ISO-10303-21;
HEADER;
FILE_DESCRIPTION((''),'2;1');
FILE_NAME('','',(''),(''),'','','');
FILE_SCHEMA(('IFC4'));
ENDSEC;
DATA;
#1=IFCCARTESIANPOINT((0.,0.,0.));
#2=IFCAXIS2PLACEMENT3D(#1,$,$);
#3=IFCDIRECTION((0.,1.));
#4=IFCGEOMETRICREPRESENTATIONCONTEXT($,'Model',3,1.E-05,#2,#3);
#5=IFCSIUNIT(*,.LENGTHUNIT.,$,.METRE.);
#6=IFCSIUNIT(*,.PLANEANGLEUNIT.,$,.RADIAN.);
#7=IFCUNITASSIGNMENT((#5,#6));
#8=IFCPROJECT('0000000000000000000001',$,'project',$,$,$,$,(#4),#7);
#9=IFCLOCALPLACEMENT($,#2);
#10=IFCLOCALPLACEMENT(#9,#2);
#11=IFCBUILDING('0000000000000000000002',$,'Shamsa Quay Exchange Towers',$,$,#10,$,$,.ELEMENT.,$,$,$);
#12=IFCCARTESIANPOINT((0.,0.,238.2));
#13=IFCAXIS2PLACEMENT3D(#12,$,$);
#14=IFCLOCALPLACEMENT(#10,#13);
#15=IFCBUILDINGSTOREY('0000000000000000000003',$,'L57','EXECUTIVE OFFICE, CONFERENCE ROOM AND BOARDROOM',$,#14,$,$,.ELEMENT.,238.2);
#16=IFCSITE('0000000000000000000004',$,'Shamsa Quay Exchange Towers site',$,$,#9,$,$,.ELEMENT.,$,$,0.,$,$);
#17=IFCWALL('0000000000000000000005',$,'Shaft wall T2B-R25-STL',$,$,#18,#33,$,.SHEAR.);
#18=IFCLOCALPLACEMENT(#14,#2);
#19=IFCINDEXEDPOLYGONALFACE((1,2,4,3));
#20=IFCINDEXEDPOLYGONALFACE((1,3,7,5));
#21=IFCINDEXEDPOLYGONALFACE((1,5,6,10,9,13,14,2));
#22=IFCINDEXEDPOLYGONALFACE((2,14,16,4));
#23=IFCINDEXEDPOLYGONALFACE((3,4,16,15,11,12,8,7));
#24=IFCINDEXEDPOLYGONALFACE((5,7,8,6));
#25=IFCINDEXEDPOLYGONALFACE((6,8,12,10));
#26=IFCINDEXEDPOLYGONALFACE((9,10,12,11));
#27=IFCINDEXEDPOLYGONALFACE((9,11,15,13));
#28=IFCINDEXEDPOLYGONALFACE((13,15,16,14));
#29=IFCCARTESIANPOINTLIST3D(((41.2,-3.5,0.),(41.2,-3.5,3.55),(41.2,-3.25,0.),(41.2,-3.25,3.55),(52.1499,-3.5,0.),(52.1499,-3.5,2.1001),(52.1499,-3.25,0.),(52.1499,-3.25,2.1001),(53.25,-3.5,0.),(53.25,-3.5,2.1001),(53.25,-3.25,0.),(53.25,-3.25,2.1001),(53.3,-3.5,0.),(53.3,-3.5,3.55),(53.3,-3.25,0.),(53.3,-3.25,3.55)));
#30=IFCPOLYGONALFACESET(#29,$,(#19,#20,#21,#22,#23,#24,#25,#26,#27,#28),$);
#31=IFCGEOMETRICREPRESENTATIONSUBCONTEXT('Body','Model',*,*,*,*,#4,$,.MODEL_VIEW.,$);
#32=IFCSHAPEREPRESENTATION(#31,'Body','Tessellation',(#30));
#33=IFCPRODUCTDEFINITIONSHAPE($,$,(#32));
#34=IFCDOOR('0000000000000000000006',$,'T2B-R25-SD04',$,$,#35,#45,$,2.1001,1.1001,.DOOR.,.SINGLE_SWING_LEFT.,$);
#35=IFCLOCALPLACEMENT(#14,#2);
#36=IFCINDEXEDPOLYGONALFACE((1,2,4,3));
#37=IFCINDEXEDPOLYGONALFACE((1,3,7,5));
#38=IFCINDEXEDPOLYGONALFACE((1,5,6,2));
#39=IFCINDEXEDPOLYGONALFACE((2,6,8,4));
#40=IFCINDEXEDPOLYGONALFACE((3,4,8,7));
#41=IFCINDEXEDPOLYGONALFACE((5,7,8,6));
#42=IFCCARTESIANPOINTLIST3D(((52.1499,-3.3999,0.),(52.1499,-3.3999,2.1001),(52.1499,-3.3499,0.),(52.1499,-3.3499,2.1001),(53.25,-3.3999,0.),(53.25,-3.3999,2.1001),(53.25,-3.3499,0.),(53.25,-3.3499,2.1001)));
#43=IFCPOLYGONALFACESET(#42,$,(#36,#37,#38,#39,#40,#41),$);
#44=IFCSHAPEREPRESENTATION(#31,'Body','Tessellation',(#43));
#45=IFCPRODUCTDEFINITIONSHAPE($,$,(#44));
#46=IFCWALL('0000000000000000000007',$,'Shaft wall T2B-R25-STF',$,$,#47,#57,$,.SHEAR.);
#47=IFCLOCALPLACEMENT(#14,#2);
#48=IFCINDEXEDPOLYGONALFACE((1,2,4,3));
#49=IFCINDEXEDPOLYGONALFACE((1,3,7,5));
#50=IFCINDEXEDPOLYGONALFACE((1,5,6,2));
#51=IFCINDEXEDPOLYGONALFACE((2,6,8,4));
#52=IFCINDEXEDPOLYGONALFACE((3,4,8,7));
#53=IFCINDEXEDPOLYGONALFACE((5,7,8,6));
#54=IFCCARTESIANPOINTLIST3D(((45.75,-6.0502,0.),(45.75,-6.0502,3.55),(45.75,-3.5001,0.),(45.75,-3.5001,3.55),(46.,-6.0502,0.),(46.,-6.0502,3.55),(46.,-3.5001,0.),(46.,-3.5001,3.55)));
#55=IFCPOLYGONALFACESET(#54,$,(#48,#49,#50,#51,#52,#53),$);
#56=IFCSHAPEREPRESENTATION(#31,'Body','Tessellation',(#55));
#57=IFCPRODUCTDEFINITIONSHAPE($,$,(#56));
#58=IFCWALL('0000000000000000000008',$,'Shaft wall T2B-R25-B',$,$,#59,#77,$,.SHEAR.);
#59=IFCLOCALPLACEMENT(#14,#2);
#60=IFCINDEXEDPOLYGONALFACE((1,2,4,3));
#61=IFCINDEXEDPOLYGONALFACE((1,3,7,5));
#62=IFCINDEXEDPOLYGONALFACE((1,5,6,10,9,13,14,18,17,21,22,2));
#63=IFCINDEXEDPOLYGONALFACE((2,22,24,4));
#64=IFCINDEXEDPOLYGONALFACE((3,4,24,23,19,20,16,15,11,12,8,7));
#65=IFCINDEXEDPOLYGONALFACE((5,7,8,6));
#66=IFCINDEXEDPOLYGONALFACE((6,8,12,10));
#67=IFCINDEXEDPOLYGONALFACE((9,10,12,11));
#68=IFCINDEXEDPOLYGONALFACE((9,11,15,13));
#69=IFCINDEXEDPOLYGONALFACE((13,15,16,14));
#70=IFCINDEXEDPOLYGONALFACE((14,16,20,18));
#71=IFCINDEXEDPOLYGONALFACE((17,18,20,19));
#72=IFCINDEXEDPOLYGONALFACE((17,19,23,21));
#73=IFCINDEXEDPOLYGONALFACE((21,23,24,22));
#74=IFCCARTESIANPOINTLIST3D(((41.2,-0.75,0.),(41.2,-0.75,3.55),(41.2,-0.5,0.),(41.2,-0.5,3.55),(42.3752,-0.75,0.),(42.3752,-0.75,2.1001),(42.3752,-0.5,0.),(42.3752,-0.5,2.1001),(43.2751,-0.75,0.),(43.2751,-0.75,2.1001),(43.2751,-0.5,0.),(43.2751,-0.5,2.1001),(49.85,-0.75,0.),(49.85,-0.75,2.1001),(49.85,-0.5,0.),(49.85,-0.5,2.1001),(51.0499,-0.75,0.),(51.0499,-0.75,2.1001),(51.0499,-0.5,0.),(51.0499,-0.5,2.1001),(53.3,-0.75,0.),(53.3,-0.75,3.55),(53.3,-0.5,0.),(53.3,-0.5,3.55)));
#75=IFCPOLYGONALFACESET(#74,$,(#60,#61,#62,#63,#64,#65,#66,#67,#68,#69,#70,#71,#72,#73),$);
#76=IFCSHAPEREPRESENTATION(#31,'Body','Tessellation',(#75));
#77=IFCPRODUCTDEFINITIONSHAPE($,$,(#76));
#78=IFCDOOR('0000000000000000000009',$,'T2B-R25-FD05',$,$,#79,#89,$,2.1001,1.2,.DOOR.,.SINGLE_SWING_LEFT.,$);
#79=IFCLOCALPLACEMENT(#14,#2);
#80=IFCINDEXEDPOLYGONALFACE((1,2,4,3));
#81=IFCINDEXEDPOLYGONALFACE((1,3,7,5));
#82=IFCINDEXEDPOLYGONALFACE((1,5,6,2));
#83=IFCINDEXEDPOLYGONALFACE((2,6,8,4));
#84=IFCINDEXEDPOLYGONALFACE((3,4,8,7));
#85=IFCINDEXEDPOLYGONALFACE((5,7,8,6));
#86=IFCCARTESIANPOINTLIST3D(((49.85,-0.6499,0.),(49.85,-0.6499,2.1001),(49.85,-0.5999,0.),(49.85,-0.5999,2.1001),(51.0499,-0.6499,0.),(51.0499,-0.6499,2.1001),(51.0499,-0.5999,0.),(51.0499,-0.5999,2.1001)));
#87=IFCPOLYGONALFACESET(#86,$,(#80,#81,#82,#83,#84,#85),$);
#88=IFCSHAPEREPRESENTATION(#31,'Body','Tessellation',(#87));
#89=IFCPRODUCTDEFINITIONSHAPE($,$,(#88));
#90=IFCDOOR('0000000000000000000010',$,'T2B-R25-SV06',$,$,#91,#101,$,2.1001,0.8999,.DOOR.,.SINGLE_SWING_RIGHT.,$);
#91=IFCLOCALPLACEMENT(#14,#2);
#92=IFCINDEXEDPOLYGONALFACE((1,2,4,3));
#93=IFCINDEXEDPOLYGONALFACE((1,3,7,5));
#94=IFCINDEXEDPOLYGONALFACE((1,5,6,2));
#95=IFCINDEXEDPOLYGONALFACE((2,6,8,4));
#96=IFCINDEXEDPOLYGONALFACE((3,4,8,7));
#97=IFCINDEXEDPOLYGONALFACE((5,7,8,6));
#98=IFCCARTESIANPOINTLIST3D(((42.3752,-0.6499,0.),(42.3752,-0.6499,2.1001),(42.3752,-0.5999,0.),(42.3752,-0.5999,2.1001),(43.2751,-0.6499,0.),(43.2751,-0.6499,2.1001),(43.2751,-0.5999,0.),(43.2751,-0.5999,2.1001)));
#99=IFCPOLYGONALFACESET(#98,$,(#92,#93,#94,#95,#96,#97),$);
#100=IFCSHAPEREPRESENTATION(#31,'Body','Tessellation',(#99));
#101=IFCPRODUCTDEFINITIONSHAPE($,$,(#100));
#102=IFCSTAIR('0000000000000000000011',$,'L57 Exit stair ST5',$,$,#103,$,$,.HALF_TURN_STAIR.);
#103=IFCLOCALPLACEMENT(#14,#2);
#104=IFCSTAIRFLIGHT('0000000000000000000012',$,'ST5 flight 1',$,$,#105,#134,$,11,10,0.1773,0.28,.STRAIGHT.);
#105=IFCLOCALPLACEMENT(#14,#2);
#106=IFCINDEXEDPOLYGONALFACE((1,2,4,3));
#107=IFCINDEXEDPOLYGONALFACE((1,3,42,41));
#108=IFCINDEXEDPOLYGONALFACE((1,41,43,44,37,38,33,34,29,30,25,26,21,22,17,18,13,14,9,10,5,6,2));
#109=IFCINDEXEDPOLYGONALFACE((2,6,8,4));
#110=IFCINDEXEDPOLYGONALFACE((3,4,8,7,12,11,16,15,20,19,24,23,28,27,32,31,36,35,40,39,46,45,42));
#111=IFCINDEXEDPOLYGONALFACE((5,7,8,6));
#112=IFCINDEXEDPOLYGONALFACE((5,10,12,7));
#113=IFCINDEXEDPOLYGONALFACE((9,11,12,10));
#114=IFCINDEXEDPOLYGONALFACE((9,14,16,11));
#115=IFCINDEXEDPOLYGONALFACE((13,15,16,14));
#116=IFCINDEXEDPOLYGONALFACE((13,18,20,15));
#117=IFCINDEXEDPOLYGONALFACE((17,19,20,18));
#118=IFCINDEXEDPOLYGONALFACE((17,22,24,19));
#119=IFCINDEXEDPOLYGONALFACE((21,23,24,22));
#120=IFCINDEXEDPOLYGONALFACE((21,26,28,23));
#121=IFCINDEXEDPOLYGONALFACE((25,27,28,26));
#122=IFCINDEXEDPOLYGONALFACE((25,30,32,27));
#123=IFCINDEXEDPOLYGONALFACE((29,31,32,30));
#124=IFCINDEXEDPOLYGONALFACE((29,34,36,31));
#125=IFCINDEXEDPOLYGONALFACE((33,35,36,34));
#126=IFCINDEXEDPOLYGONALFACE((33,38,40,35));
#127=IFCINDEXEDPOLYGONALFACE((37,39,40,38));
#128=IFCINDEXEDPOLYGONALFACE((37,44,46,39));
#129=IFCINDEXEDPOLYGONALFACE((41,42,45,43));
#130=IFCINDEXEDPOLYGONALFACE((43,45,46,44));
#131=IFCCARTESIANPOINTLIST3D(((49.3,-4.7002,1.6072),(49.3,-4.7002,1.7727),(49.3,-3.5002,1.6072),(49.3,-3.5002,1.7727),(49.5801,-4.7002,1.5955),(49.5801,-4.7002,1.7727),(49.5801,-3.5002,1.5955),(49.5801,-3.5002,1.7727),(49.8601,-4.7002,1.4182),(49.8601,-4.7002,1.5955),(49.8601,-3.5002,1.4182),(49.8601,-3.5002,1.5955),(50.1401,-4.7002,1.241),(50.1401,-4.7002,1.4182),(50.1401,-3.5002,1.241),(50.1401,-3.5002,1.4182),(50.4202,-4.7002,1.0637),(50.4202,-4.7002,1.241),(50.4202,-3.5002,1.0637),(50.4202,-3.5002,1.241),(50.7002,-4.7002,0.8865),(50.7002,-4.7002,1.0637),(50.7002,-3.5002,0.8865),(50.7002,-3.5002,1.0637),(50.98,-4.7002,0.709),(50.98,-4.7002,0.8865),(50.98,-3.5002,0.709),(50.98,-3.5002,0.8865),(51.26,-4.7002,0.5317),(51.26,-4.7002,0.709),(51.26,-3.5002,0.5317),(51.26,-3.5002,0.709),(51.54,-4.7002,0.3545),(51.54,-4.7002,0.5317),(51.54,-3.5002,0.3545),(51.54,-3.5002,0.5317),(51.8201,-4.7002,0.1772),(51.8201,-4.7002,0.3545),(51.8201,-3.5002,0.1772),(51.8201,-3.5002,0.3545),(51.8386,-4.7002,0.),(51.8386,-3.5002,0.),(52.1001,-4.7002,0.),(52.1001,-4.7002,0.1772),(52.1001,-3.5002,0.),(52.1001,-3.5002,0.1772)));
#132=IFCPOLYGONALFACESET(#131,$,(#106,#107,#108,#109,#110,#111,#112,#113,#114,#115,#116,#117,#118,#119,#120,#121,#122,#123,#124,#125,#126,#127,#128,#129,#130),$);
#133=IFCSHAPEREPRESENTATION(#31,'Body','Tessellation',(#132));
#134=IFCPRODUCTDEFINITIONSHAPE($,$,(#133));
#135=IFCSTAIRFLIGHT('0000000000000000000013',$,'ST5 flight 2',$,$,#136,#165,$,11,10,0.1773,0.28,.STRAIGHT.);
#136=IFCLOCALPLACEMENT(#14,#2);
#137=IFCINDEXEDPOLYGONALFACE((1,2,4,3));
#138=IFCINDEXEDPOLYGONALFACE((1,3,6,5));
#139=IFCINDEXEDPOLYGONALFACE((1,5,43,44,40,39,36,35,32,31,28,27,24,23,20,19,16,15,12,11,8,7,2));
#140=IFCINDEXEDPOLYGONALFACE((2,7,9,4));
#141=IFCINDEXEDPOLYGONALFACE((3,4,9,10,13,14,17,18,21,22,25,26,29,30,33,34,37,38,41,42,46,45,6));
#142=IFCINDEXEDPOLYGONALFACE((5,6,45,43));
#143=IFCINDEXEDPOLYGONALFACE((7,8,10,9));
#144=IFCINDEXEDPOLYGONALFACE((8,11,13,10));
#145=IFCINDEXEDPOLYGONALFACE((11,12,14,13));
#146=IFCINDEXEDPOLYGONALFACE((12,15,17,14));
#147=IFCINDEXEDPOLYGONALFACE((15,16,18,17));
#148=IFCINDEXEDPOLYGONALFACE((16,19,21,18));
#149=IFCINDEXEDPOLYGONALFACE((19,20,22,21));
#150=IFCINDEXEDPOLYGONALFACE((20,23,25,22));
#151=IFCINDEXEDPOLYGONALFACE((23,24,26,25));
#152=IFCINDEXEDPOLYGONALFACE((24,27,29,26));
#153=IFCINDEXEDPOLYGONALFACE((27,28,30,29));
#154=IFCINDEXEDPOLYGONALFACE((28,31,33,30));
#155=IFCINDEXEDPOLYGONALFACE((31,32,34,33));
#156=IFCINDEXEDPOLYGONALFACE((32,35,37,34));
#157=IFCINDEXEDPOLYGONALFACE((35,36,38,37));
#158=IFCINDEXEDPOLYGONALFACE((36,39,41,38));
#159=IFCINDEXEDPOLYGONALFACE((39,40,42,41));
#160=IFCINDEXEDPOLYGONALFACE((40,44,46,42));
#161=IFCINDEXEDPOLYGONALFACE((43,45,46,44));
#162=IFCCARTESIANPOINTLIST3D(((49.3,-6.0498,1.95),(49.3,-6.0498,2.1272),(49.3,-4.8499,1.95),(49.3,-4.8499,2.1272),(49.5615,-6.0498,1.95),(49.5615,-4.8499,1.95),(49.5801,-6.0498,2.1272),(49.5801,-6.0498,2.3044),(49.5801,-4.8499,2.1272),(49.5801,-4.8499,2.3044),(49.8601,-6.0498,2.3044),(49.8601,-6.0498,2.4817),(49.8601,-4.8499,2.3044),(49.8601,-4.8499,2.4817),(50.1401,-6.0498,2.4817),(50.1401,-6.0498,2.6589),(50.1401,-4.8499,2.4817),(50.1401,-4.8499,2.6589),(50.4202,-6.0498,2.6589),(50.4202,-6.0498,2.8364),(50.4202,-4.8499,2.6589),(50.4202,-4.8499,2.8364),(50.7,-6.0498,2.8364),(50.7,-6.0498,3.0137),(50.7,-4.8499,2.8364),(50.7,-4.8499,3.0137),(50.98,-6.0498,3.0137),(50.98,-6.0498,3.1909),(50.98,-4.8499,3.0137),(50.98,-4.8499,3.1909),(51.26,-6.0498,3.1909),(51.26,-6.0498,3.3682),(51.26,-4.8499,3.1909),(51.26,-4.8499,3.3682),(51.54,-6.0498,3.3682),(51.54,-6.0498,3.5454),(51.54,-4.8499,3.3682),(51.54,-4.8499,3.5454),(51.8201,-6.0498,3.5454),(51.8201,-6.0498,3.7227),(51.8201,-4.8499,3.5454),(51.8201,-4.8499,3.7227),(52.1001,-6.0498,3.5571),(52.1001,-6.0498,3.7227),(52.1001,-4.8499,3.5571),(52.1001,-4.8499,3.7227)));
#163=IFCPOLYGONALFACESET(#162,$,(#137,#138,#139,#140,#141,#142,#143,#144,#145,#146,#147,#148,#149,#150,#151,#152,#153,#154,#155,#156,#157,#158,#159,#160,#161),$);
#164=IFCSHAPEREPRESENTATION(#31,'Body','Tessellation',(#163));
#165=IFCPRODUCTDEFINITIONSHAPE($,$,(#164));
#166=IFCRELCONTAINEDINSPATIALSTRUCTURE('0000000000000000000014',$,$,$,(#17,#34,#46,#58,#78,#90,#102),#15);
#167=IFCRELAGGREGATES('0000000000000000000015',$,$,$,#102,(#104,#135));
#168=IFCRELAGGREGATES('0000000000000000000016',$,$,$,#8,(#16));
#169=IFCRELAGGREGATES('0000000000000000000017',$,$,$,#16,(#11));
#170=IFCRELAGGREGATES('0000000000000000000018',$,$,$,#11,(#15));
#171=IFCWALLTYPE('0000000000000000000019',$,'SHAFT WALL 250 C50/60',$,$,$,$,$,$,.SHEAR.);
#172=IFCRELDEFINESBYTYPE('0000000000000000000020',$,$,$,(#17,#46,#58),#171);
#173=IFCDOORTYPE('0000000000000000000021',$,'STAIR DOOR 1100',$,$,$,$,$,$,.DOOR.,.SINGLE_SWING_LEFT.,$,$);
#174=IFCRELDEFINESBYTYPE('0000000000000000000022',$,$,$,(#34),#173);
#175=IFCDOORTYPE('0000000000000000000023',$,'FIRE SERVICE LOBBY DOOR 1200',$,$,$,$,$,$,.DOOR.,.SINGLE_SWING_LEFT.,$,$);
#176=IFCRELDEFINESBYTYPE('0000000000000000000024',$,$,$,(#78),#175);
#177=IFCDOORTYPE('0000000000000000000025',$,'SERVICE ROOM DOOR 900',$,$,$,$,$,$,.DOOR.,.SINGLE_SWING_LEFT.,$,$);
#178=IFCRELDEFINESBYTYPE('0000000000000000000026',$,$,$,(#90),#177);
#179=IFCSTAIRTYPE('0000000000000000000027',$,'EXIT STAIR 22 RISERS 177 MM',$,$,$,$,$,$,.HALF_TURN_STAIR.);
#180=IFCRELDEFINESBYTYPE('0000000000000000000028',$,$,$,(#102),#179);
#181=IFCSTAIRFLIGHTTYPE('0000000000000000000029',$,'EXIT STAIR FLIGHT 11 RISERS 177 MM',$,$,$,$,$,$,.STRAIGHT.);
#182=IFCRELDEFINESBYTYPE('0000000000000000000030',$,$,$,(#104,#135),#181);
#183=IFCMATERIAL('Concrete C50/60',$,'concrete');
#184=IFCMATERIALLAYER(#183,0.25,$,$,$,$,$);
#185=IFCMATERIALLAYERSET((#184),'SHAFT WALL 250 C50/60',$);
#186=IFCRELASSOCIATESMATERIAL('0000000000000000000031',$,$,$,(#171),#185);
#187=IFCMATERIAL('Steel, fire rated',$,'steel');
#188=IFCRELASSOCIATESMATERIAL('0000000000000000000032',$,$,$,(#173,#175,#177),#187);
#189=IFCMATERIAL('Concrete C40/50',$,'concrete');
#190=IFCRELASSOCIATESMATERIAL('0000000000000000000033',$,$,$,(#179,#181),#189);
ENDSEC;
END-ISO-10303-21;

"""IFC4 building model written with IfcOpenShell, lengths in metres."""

from ifc_helpers import new_model, si_unit, direction, frame, frame_2d, origin, place, context, subcontext, project, spatial, polyline, rectangle, outline, extrude, material, layer, layer_set, type_object, element, fill, aggregate, save


model = new_model("IFC4")

# Units and contexts
model_context = context("Model", 3, precision=1e-05, world=origin(), true_north=direction((0.0, 1.0)))
body_context = subcontext(model_context, "Body", "Model", "MODEL_VIEW")
ifc_project = project(units=[si_unit("LENGTHUNIT", "METRE"), si_unit("PLANEANGLEUNIT", "RADIAN")], contexts=[model_context])

# Site, building, storey
site_placement = place(None, origin())
site = spatial("IfcSite", under=ifc_project, at=site_placement, Name="Shamsa Quay Exchange Towers site", CompositionType="ELEMENT", RefElevation=0.0)
building_placement = place(site_placement, origin())
building = spatial("IfcBuilding", under=site, at=building_placement, Name="Shamsa Quay Exchange Towers", CompositionType="ELEMENT")
storey_placement = place(building_placement, frame((0.0, 0.0, 238.2)))
storey = spatial("IfcBuildingStorey", under=building, at=storey_placement, Name="L57", Description="EXECUTIVE OFFICE, CONFERENCE ROOM AND BOARDROOM", CompositionType="ELEMENT", Elevation=238.2)

# Wall, opening, door
ifc_material_1 = material(Name="Steel, fire rated", Category="steel")
ifc_material_2 = material(Name="Concrete C50/60", Category="concrete")
ifc_layer_1 = layer(ifc_material_2, 0.25)
ifc_layer_set_1 = layer_set([ifc_layer_1], Name="SHAFT WALL 250 C50/60")
wall_type_1 = type_object("IfcWallType", Name="SHAFT WALL 250 C50/60", PredefinedType="SHEAR", material=ifc_layer_set_1)
wall_1_placement = place(storey_placement, frame((53.3, -3.375, 0.0), z_axis=(0.0, 0.0, 1.0), x_axis=(-1.0, 0.0, 0.0)))
wall_1 = element("IfcWall", 1, at=wall_1_placement, inside=storey, type_object=wall_type_1, Name="Shaft wall T2B-R25-STL", PredefinedType="SHEAR", context=body_context, shape_type="SweptSolid", body=[
    extrude(rectangle(XDim=12.1001, YDim=0.25, at=frame_2d((6.05, 0.0))), origin(), (0.0, 0.0, 1.0), 3.55),
])
opening_1_placement = place(wall_1_placement, frame((0.05, 0.0, 0.0)))
opening_1 = element("IfcOpeningElement", 2, at=opening_1_placement, cuts=wall_1, PredefinedType="OPENING", context=body_context, shape_type="SweptSolid", body=[
    extrude(rectangle(XDim=1.1001, YDim=2.1001, at=frame_2d((0.55, 1.05))), frame((0.0, 0.135, 0.0), z_axis=(0.0, -1.0, 0.0), x_axis=(1.0, 0.0, 0.0)), (0.0, 0.0, 1.0), 0.27),
])
door_type_1 = type_object("IfcDoorType", Name="STAIR DOOR 1100", OperationType="SINGLE_SWING_LEFT", PredefinedType="DOOR", material=ifc_material_1)
door_1_placement = place(opening_1_placement, origin())
door_1 = element("IfcDoor", 3, at=door_1_placement, inside=storey, type_object=door_type_1, Name="T2B-R25-SD04", OperationType="SINGLE_SWING_LEFT", OverallHeight=2.1001, OverallWidth=1.1001, PredefinedType="DOOR", context=body_context, shape_type="SweptSolid", body=[
    extrude(rectangle(XDim=1.1001, YDim=2.1001, at=frame_2d((0.55, 1.05))), frame((0.0, 0.0249, 0.0), z_axis=(0.0, -1.0, 0.0), x_axis=(1.0, 0.0, 0.0)), (0.0, 0.0, 1.0), 0.05),
])
fill(opening_1, door_1)

# Wall
wall_2_placement = place(storey_placement, frame((45.875, -6.05, 0.0), z_axis=(0.0, 0.0, 1.0), x_axis=(0.0, 1.0, 0.0)))
element("IfcWall", 4, at=wall_2_placement, inside=storey, type_object=wall_type_1, Name="Shaft wall T2B-R25-STF", PredefinedType="SHEAR", context=body_context, shape_type="SweptSolid", body=[
    extrude(rectangle(XDim=2.55, YDim=0.25, at=frame_2d((1.2749, 0.0))), origin(), (0.0, 0.0, 1.0), 3.55),
])

# Wall, openings, doors
wall_3_placement = place(storey_placement, frame((53.3, -0.625, 0.0), z_axis=(0.0, 0.0, 1.0), x_axis=(-1.0, 0.0, 0.0)))
wall_3 = element("IfcWall", 5, at=wall_3_placement, inside=storey, type_object=wall_type_1, Name="Shaft wall T2B-R25-B", PredefinedType="SHEAR", context=body_context, shape_type="SweptSolid", body=[
    extrude(rectangle(XDim=12.1001, YDim=0.25, at=frame_2d((6.05, 0.0))), origin(), (0.0, 0.0, 1.0), 3.55),
])
opening_2_placement = place(wall_3_placement, frame((2.25, 0.0, 0.0)))
opening_2 = element("IfcOpeningElement", 6, at=opening_2_placement, cuts=wall_3, PredefinedType="OPENING", context=body_context, shape_type="SweptSolid", body=[
    extrude(rectangle(XDim=1.2, YDim=2.1001, at=frame_2d((0.6001, 1.05))), frame((0.0, 0.135, 0.0), z_axis=(0.0, -1.0, 0.0), x_axis=(1.0, 0.0, 0.0)), (0.0, 0.0, 1.0), 0.27),
])
opening_3_placement = place(wall_3_placement, frame((10.0249, 0.0, 0.0)))
opening_3 = element("IfcOpeningElement", 7, at=opening_3_placement, cuts=wall_3, PredefinedType="OPENING", context=body_context, shape_type="SweptSolid", body=[
    extrude(rectangle(XDim=0.8999, YDim=2.1001, at=frame_2d((0.45, 1.05))), frame((0.0, 0.135, 0.0), z_axis=(0.0, -1.0, 0.0), x_axis=(1.0, 0.0, 0.0)), (0.0, 0.0, 1.0), 0.27),
])
door_type_2 = type_object("IfcDoorType", Name="FIRE SERVICE LOBBY DOOR 1200", OperationType="SINGLE_SWING_LEFT", PredefinedType="DOOR", material=ifc_material_1)
door_2_placement = place(opening_2_placement, origin())
door_2 = element("IfcDoor", 8, at=door_2_placement, inside=storey, type_object=door_type_2, Name="T2B-R25-FD05", OperationType="SINGLE_SWING_LEFT", OverallHeight=2.1001, OverallWidth=1.2, PredefinedType="DOOR", context=body_context, shape_type="SweptSolid", body=[
    extrude(rectangle(XDim=1.2, YDim=2.1001, at=frame_2d((0.6001, 1.05))), frame((0.0, 0.0249, 0.0), z_axis=(0.0, -1.0, 0.0), x_axis=(1.0, 0.0, 0.0)), (0.0, 0.0, 1.0), 0.05),
])
fill(opening_2, door_2)
door_type_3 = type_object("IfcDoorType", Name="SERVICE ROOM DOOR 900", OperationType="SINGLE_SWING_LEFT", PredefinedType="DOOR", material=ifc_material_1)
door_3_placement = place(opening_3_placement, origin())
door_3 = element("IfcDoor", 9, at=door_3_placement, inside=storey, type_object=door_type_3, Name="T2B-R25-SV06", OperationType="SINGLE_SWING_RIGHT", OverallHeight=2.1001, OverallWidth=0.8999, PredefinedType="DOOR", context=body_context, shape_type="SweptSolid", body=[
    extrude(rectangle(XDim=0.8999, YDim=2.1001, at=frame_2d((0.45, 1.05))), frame((0.0, 0.0249, 0.0), z_axis=(0.0, -1.0, 0.0), x_axis=(1.0, 0.0, 0.0)), (0.0, 0.0, 1.0), 0.05),
])
fill(opening_3, door_3)

# Stair, stair flights
ifc_material_3 = material(Name="Concrete C40/50", Category="concrete")
stair_type = type_object("IfcStairType", Name="EXIT STAIR 22 RISERS 177 MM", PredefinedType="HALF_TURN_STAIR", material=ifc_material_3)
stair_placement = place(storey_placement, origin())
stair = element("IfcStair", 10, at=stair_placement, inside=storey, type_object=stair_type, Name="L57 Exit stair ST5", PredefinedType="HALF_TURN_STAIR")
stair_flight_type = type_object("IfcStairFlightType", Name="EXIT STAIR FLIGHT 11 RISERS 177 MM", PredefinedType="STRAIGHT", material=ifc_material_3)
stair_flight_1_placement = place(storey_placement, frame((52.1001, -4.1001, 0.0), z_axis=(0.0, 0.0, 1.0), x_axis=(-1.0, 0.0, 0.0)))
stair_flight_1 = element("IfcStairFlight", 11, at=stair_flight_1_placement, type_object=stair_flight_type, Name="ST5 flight 1", NumberOfRisers=11, NumberOfTreads=10, PredefinedType="STRAIGHT", RiserHeight=0.1773, TreadLength=0.28, context=body_context, shape_type="SweptSolid", body=[
    extrude(outline(polyline([(0.0, 0.0), (0.0, 0.1772), (0.28, 0.1772), (0.28, 0.3545), (0.5601, 0.3545), (0.5601, 0.5317), (0.8401, 0.5317), (0.8401, 0.709), (1.1201, 0.709), (1.1201, 0.8865), (1.3999, 0.8865), (1.3999, 1.0637), (1.6799, 1.0637), (1.6799, 1.241), (1.96, 1.241), (1.96, 1.4182), (2.24, 1.4182), (2.24, 1.5955), (2.52, 1.5955), (2.52, 1.7727), (2.8, 1.7727), (2.8, 1.95), (2.8, 1.6072), (0.2615, 0.0), (0.0, 0.0)])), frame((0.0, 0.6001, 0.0), z_axis=(0.0, -1.0, 0.0), x_axis=(1.0, 0.0, 0.0)), (0.0, 0.0, 1.0), 1.2),
])
stair_flight_2_placement = place(storey_placement, frame((49.3, -5.45, 1.95)))
stair_flight_2 = element("IfcStairFlight", 12, at=stair_flight_2_placement, type_object=stair_flight_type, Name="ST5 flight 2", NumberOfRisers=11, NumberOfTreads=10, PredefinedType="STRAIGHT", RiserHeight=0.1773, TreadLength=0.28, context=body_context, shape_type="SweptSolid", body=[
    extrude(outline(polyline([(0.0, 0.0), (0.0, 0.1772), (0.28, 0.1772), (0.28, 0.3545), (0.5601, 0.3545), (0.5601, 0.5317), (0.8401, 0.5317), (0.8401, 0.709), (1.1201, 0.709), (1.1201, 0.8865), (1.3999, 0.8865), (1.3999, 1.0637), (1.6799, 1.0637), (1.6799, 1.241), (1.96, 1.241), (1.96, 1.4182), (2.24, 1.4182), (2.24, 1.5955), (2.52, 1.5955), (2.52, 1.7727), (2.8, 1.7727), (2.8, 1.95), (2.8, 1.6072), (0.2615, 0.0), (0.0, 0.0)])), frame((0.0, 0.6001, 0.0), z_axis=(0.0, -1.0, 0.0), x_axis=(1.0, 0.0, 0.0)), (0.0, 0.0, 1.0), 1.2),
])
aggregate(stair, [stair_flight_1, stair_flight_2])

save(model, "model.ifc")
